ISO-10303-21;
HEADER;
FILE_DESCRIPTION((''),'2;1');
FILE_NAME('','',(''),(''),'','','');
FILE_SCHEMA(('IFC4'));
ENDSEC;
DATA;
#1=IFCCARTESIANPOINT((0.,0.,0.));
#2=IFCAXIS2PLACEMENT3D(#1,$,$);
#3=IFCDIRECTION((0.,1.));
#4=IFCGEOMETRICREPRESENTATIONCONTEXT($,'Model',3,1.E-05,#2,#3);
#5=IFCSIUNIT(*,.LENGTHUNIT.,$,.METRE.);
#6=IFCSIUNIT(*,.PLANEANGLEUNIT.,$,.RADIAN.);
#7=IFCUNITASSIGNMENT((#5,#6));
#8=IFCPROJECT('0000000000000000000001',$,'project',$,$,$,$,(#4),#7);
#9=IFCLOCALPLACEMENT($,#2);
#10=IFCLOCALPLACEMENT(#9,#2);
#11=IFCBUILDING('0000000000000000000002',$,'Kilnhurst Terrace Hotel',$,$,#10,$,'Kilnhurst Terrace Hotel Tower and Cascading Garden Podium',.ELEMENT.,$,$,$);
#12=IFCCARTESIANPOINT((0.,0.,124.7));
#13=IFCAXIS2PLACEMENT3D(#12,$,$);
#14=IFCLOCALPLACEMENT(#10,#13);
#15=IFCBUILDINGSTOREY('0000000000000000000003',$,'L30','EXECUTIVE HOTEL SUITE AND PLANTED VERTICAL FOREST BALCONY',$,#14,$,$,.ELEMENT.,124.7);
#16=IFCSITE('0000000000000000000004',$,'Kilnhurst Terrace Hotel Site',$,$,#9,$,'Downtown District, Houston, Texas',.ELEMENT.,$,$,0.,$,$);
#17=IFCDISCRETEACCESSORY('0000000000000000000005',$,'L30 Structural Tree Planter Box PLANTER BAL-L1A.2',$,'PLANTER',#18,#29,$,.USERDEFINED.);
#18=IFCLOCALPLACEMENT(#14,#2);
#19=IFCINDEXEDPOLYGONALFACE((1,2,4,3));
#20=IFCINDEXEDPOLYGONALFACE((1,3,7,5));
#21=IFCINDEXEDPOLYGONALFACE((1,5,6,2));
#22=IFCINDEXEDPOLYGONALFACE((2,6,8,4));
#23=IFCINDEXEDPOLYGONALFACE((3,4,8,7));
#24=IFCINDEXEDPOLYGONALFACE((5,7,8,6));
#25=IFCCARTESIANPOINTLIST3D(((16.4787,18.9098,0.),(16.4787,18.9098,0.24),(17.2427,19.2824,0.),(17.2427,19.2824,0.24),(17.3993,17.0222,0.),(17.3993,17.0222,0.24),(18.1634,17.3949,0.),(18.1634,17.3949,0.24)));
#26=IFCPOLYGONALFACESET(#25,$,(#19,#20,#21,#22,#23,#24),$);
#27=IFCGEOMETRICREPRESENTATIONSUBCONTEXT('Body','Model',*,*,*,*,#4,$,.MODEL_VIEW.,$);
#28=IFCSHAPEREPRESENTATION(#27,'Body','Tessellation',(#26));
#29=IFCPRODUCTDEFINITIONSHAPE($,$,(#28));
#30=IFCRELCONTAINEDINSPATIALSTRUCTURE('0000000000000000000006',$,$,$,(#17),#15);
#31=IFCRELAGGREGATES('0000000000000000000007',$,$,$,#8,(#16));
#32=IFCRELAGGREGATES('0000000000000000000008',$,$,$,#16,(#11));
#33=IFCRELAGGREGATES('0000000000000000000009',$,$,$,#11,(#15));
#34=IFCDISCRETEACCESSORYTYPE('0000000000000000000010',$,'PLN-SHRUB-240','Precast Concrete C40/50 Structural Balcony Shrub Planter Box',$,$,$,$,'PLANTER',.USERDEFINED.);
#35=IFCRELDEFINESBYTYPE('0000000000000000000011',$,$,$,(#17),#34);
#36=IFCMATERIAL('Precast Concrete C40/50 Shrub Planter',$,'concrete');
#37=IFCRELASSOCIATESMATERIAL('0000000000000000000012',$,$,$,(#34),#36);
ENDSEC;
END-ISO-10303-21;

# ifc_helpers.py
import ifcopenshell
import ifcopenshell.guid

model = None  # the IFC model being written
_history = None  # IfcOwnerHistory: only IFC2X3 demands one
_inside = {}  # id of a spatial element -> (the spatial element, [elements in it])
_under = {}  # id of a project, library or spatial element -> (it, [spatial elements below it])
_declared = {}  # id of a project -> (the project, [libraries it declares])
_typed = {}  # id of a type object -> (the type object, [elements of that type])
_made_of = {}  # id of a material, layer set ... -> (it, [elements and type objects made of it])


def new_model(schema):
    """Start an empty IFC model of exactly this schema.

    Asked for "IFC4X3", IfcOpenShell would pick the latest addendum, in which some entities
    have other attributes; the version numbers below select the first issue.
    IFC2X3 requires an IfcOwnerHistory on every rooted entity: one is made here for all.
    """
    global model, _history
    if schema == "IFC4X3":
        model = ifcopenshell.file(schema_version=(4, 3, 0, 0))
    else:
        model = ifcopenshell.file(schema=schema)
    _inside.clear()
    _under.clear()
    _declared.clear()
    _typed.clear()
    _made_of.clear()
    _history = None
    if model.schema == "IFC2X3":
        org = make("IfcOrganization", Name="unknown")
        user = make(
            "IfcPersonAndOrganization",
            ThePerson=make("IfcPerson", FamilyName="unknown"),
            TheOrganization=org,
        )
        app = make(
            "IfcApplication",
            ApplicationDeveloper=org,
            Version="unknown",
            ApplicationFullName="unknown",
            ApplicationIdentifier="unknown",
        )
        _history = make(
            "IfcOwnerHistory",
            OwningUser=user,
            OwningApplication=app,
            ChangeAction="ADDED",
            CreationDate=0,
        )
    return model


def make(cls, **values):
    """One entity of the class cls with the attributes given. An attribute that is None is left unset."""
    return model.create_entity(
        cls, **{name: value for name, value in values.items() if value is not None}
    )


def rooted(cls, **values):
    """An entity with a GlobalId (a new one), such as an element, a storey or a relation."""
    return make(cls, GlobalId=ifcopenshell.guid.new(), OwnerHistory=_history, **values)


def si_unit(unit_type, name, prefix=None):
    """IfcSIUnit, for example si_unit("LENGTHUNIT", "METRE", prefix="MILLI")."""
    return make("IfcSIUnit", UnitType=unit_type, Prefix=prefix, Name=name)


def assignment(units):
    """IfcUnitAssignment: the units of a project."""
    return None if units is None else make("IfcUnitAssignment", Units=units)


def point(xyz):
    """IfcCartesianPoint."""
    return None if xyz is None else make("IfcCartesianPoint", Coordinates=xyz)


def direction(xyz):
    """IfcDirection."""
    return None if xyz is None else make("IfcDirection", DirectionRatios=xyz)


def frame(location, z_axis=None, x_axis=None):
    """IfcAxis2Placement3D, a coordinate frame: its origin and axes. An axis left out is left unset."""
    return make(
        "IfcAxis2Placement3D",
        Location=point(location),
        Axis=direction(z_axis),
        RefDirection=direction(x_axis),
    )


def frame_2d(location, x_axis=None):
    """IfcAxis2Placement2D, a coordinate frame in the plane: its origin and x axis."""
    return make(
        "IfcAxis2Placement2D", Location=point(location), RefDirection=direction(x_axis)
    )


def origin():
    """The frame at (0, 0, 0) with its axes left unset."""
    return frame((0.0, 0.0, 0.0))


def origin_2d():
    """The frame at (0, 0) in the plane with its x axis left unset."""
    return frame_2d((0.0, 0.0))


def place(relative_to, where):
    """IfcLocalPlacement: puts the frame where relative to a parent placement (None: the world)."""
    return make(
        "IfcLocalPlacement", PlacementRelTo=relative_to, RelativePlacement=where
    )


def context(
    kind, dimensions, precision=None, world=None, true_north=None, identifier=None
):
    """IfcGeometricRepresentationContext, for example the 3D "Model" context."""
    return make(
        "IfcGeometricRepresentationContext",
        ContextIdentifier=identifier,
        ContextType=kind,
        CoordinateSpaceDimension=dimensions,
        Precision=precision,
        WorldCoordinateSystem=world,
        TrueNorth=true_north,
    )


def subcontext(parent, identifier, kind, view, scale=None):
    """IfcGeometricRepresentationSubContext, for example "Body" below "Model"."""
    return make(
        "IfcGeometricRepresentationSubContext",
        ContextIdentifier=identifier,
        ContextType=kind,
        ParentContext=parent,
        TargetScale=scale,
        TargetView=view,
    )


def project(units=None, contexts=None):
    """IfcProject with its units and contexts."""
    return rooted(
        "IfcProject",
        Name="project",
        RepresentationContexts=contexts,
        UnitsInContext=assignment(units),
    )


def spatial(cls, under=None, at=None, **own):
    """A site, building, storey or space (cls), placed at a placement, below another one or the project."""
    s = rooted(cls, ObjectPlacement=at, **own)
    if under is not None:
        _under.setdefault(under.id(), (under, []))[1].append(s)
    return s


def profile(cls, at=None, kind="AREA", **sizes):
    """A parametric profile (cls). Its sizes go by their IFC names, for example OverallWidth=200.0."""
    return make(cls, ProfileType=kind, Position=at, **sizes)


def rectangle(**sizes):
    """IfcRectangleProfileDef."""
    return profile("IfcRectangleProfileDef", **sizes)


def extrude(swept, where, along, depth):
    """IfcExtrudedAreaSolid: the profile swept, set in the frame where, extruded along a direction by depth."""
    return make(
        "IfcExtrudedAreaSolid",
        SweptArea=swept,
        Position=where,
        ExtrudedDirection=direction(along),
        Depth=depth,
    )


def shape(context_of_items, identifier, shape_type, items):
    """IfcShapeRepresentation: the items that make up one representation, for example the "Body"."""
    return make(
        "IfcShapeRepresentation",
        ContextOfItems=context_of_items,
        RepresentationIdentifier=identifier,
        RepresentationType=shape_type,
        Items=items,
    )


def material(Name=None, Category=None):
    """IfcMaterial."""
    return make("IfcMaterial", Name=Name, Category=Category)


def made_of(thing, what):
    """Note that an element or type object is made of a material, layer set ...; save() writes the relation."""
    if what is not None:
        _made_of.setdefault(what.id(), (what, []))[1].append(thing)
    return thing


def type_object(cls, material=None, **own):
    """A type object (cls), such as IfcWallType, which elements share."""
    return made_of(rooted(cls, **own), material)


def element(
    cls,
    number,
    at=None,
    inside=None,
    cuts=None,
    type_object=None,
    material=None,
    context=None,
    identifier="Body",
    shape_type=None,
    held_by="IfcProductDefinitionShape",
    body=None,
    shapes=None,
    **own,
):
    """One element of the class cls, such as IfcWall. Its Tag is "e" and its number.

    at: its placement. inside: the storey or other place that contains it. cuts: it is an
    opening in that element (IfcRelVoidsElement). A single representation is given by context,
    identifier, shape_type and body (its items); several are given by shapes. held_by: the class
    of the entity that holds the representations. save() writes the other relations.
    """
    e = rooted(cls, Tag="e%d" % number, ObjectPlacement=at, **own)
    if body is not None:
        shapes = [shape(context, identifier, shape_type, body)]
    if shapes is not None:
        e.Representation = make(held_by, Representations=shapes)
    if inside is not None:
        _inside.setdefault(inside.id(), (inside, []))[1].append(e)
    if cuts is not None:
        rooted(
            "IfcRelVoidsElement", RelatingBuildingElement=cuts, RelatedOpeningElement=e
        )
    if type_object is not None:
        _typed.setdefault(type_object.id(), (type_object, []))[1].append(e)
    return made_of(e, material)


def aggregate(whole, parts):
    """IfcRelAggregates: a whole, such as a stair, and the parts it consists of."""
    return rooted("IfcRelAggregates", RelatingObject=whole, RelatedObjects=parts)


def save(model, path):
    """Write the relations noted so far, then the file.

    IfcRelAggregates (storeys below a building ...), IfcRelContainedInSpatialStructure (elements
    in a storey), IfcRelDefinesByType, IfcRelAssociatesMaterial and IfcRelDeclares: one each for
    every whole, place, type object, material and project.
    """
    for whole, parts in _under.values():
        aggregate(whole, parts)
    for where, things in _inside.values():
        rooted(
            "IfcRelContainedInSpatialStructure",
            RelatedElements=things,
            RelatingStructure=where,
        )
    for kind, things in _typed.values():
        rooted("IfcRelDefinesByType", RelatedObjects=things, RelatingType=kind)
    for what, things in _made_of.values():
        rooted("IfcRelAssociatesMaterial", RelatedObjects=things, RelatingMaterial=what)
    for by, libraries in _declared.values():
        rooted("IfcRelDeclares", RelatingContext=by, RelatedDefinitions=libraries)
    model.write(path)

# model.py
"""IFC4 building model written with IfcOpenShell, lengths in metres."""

from ifc_helpers import new_model, si_unit, direction, frame, origin, origin_2d, place, context, subcontext, project, spatial, rectangle, extrude, material, type_object, element, save


model = new_model("IFC4")

# Units and contexts
model_context = context("Model", 3, precision=1e-05, world=origin(), true_north=direction((0.0, 1.0)))
body_context = subcontext(model_context, "Body", "Model", "MODEL_VIEW")
ifc_project = project(units=[si_unit("LENGTHUNIT", "METRE"), si_unit("PLANEANGLEUNIT", "RADIAN")], contexts=[model_context])

# Site, building, storey
site_placement = place(None, origin())
site = spatial("IfcSite", under=ifc_project, at=site_placement, Name="Kilnhurst Terrace Hotel Site", LongName="Downtown District, Houston, Texas", CompositionType="ELEMENT", RefElevation=0.0)
building_placement = place(site_placement, origin())
building = spatial("IfcBuilding", under=site, at=building_placement, Name="Kilnhurst Terrace Hotel", LongName="Kilnhurst Terrace Hotel Tower and Cascading Garden Podium", CompositionType="ELEMENT")
storey_placement = place(building_placement, frame((0.0, 0.0, 124.7)))
storey = spatial("IfcBuildingStorey", under=building, at=storey_placement, Name="L30", Description="EXECUTIVE HOTEL SUITE AND PLANTED VERTICAL FOREST BALCONY", CompositionType="ELEMENT", Elevation=124.7)

# Discrete accessory
ifc_material_1 = material(Name="Precast Concrete C40/50 Shrub Planter", Category="concrete")
discrete_accessory_type = type_object("IfcDiscreteAccessoryType", Name="PLN-SHRUB-240", Description="Precast Concrete C40/50 Structural Balcony Shrub Planter Box", ElementType="PLANTER", PredefinedType="USERDEFINED", material=ifc_material_1)
discrete_accessory_placement = place(storey_placement, frame((17.321, 18.1523, 0.0), z_axis=(0.0, 0.0, 1.0), x_axis=(-0.438387, 0.898786, 0.0)))
element("IfcDiscreteAccessory", 1, at=discrete_accessory_placement, inside=storey, type_object=discrete_accessory_type, Name="L30 Structural Tree Planter Box PLANTER BAL-L1A.2", ObjectType="PLANTER", PredefinedType="USERDEFINED", context=body_context, shape_type="SweptSolid", body=[
    extrude(rectangle(XDim=2.1001, YDim=0.8501, at=origin_2d()), origin(), (0.0, 0.0, 1.0), 0.24),
])

save(model, "model.ifc")
